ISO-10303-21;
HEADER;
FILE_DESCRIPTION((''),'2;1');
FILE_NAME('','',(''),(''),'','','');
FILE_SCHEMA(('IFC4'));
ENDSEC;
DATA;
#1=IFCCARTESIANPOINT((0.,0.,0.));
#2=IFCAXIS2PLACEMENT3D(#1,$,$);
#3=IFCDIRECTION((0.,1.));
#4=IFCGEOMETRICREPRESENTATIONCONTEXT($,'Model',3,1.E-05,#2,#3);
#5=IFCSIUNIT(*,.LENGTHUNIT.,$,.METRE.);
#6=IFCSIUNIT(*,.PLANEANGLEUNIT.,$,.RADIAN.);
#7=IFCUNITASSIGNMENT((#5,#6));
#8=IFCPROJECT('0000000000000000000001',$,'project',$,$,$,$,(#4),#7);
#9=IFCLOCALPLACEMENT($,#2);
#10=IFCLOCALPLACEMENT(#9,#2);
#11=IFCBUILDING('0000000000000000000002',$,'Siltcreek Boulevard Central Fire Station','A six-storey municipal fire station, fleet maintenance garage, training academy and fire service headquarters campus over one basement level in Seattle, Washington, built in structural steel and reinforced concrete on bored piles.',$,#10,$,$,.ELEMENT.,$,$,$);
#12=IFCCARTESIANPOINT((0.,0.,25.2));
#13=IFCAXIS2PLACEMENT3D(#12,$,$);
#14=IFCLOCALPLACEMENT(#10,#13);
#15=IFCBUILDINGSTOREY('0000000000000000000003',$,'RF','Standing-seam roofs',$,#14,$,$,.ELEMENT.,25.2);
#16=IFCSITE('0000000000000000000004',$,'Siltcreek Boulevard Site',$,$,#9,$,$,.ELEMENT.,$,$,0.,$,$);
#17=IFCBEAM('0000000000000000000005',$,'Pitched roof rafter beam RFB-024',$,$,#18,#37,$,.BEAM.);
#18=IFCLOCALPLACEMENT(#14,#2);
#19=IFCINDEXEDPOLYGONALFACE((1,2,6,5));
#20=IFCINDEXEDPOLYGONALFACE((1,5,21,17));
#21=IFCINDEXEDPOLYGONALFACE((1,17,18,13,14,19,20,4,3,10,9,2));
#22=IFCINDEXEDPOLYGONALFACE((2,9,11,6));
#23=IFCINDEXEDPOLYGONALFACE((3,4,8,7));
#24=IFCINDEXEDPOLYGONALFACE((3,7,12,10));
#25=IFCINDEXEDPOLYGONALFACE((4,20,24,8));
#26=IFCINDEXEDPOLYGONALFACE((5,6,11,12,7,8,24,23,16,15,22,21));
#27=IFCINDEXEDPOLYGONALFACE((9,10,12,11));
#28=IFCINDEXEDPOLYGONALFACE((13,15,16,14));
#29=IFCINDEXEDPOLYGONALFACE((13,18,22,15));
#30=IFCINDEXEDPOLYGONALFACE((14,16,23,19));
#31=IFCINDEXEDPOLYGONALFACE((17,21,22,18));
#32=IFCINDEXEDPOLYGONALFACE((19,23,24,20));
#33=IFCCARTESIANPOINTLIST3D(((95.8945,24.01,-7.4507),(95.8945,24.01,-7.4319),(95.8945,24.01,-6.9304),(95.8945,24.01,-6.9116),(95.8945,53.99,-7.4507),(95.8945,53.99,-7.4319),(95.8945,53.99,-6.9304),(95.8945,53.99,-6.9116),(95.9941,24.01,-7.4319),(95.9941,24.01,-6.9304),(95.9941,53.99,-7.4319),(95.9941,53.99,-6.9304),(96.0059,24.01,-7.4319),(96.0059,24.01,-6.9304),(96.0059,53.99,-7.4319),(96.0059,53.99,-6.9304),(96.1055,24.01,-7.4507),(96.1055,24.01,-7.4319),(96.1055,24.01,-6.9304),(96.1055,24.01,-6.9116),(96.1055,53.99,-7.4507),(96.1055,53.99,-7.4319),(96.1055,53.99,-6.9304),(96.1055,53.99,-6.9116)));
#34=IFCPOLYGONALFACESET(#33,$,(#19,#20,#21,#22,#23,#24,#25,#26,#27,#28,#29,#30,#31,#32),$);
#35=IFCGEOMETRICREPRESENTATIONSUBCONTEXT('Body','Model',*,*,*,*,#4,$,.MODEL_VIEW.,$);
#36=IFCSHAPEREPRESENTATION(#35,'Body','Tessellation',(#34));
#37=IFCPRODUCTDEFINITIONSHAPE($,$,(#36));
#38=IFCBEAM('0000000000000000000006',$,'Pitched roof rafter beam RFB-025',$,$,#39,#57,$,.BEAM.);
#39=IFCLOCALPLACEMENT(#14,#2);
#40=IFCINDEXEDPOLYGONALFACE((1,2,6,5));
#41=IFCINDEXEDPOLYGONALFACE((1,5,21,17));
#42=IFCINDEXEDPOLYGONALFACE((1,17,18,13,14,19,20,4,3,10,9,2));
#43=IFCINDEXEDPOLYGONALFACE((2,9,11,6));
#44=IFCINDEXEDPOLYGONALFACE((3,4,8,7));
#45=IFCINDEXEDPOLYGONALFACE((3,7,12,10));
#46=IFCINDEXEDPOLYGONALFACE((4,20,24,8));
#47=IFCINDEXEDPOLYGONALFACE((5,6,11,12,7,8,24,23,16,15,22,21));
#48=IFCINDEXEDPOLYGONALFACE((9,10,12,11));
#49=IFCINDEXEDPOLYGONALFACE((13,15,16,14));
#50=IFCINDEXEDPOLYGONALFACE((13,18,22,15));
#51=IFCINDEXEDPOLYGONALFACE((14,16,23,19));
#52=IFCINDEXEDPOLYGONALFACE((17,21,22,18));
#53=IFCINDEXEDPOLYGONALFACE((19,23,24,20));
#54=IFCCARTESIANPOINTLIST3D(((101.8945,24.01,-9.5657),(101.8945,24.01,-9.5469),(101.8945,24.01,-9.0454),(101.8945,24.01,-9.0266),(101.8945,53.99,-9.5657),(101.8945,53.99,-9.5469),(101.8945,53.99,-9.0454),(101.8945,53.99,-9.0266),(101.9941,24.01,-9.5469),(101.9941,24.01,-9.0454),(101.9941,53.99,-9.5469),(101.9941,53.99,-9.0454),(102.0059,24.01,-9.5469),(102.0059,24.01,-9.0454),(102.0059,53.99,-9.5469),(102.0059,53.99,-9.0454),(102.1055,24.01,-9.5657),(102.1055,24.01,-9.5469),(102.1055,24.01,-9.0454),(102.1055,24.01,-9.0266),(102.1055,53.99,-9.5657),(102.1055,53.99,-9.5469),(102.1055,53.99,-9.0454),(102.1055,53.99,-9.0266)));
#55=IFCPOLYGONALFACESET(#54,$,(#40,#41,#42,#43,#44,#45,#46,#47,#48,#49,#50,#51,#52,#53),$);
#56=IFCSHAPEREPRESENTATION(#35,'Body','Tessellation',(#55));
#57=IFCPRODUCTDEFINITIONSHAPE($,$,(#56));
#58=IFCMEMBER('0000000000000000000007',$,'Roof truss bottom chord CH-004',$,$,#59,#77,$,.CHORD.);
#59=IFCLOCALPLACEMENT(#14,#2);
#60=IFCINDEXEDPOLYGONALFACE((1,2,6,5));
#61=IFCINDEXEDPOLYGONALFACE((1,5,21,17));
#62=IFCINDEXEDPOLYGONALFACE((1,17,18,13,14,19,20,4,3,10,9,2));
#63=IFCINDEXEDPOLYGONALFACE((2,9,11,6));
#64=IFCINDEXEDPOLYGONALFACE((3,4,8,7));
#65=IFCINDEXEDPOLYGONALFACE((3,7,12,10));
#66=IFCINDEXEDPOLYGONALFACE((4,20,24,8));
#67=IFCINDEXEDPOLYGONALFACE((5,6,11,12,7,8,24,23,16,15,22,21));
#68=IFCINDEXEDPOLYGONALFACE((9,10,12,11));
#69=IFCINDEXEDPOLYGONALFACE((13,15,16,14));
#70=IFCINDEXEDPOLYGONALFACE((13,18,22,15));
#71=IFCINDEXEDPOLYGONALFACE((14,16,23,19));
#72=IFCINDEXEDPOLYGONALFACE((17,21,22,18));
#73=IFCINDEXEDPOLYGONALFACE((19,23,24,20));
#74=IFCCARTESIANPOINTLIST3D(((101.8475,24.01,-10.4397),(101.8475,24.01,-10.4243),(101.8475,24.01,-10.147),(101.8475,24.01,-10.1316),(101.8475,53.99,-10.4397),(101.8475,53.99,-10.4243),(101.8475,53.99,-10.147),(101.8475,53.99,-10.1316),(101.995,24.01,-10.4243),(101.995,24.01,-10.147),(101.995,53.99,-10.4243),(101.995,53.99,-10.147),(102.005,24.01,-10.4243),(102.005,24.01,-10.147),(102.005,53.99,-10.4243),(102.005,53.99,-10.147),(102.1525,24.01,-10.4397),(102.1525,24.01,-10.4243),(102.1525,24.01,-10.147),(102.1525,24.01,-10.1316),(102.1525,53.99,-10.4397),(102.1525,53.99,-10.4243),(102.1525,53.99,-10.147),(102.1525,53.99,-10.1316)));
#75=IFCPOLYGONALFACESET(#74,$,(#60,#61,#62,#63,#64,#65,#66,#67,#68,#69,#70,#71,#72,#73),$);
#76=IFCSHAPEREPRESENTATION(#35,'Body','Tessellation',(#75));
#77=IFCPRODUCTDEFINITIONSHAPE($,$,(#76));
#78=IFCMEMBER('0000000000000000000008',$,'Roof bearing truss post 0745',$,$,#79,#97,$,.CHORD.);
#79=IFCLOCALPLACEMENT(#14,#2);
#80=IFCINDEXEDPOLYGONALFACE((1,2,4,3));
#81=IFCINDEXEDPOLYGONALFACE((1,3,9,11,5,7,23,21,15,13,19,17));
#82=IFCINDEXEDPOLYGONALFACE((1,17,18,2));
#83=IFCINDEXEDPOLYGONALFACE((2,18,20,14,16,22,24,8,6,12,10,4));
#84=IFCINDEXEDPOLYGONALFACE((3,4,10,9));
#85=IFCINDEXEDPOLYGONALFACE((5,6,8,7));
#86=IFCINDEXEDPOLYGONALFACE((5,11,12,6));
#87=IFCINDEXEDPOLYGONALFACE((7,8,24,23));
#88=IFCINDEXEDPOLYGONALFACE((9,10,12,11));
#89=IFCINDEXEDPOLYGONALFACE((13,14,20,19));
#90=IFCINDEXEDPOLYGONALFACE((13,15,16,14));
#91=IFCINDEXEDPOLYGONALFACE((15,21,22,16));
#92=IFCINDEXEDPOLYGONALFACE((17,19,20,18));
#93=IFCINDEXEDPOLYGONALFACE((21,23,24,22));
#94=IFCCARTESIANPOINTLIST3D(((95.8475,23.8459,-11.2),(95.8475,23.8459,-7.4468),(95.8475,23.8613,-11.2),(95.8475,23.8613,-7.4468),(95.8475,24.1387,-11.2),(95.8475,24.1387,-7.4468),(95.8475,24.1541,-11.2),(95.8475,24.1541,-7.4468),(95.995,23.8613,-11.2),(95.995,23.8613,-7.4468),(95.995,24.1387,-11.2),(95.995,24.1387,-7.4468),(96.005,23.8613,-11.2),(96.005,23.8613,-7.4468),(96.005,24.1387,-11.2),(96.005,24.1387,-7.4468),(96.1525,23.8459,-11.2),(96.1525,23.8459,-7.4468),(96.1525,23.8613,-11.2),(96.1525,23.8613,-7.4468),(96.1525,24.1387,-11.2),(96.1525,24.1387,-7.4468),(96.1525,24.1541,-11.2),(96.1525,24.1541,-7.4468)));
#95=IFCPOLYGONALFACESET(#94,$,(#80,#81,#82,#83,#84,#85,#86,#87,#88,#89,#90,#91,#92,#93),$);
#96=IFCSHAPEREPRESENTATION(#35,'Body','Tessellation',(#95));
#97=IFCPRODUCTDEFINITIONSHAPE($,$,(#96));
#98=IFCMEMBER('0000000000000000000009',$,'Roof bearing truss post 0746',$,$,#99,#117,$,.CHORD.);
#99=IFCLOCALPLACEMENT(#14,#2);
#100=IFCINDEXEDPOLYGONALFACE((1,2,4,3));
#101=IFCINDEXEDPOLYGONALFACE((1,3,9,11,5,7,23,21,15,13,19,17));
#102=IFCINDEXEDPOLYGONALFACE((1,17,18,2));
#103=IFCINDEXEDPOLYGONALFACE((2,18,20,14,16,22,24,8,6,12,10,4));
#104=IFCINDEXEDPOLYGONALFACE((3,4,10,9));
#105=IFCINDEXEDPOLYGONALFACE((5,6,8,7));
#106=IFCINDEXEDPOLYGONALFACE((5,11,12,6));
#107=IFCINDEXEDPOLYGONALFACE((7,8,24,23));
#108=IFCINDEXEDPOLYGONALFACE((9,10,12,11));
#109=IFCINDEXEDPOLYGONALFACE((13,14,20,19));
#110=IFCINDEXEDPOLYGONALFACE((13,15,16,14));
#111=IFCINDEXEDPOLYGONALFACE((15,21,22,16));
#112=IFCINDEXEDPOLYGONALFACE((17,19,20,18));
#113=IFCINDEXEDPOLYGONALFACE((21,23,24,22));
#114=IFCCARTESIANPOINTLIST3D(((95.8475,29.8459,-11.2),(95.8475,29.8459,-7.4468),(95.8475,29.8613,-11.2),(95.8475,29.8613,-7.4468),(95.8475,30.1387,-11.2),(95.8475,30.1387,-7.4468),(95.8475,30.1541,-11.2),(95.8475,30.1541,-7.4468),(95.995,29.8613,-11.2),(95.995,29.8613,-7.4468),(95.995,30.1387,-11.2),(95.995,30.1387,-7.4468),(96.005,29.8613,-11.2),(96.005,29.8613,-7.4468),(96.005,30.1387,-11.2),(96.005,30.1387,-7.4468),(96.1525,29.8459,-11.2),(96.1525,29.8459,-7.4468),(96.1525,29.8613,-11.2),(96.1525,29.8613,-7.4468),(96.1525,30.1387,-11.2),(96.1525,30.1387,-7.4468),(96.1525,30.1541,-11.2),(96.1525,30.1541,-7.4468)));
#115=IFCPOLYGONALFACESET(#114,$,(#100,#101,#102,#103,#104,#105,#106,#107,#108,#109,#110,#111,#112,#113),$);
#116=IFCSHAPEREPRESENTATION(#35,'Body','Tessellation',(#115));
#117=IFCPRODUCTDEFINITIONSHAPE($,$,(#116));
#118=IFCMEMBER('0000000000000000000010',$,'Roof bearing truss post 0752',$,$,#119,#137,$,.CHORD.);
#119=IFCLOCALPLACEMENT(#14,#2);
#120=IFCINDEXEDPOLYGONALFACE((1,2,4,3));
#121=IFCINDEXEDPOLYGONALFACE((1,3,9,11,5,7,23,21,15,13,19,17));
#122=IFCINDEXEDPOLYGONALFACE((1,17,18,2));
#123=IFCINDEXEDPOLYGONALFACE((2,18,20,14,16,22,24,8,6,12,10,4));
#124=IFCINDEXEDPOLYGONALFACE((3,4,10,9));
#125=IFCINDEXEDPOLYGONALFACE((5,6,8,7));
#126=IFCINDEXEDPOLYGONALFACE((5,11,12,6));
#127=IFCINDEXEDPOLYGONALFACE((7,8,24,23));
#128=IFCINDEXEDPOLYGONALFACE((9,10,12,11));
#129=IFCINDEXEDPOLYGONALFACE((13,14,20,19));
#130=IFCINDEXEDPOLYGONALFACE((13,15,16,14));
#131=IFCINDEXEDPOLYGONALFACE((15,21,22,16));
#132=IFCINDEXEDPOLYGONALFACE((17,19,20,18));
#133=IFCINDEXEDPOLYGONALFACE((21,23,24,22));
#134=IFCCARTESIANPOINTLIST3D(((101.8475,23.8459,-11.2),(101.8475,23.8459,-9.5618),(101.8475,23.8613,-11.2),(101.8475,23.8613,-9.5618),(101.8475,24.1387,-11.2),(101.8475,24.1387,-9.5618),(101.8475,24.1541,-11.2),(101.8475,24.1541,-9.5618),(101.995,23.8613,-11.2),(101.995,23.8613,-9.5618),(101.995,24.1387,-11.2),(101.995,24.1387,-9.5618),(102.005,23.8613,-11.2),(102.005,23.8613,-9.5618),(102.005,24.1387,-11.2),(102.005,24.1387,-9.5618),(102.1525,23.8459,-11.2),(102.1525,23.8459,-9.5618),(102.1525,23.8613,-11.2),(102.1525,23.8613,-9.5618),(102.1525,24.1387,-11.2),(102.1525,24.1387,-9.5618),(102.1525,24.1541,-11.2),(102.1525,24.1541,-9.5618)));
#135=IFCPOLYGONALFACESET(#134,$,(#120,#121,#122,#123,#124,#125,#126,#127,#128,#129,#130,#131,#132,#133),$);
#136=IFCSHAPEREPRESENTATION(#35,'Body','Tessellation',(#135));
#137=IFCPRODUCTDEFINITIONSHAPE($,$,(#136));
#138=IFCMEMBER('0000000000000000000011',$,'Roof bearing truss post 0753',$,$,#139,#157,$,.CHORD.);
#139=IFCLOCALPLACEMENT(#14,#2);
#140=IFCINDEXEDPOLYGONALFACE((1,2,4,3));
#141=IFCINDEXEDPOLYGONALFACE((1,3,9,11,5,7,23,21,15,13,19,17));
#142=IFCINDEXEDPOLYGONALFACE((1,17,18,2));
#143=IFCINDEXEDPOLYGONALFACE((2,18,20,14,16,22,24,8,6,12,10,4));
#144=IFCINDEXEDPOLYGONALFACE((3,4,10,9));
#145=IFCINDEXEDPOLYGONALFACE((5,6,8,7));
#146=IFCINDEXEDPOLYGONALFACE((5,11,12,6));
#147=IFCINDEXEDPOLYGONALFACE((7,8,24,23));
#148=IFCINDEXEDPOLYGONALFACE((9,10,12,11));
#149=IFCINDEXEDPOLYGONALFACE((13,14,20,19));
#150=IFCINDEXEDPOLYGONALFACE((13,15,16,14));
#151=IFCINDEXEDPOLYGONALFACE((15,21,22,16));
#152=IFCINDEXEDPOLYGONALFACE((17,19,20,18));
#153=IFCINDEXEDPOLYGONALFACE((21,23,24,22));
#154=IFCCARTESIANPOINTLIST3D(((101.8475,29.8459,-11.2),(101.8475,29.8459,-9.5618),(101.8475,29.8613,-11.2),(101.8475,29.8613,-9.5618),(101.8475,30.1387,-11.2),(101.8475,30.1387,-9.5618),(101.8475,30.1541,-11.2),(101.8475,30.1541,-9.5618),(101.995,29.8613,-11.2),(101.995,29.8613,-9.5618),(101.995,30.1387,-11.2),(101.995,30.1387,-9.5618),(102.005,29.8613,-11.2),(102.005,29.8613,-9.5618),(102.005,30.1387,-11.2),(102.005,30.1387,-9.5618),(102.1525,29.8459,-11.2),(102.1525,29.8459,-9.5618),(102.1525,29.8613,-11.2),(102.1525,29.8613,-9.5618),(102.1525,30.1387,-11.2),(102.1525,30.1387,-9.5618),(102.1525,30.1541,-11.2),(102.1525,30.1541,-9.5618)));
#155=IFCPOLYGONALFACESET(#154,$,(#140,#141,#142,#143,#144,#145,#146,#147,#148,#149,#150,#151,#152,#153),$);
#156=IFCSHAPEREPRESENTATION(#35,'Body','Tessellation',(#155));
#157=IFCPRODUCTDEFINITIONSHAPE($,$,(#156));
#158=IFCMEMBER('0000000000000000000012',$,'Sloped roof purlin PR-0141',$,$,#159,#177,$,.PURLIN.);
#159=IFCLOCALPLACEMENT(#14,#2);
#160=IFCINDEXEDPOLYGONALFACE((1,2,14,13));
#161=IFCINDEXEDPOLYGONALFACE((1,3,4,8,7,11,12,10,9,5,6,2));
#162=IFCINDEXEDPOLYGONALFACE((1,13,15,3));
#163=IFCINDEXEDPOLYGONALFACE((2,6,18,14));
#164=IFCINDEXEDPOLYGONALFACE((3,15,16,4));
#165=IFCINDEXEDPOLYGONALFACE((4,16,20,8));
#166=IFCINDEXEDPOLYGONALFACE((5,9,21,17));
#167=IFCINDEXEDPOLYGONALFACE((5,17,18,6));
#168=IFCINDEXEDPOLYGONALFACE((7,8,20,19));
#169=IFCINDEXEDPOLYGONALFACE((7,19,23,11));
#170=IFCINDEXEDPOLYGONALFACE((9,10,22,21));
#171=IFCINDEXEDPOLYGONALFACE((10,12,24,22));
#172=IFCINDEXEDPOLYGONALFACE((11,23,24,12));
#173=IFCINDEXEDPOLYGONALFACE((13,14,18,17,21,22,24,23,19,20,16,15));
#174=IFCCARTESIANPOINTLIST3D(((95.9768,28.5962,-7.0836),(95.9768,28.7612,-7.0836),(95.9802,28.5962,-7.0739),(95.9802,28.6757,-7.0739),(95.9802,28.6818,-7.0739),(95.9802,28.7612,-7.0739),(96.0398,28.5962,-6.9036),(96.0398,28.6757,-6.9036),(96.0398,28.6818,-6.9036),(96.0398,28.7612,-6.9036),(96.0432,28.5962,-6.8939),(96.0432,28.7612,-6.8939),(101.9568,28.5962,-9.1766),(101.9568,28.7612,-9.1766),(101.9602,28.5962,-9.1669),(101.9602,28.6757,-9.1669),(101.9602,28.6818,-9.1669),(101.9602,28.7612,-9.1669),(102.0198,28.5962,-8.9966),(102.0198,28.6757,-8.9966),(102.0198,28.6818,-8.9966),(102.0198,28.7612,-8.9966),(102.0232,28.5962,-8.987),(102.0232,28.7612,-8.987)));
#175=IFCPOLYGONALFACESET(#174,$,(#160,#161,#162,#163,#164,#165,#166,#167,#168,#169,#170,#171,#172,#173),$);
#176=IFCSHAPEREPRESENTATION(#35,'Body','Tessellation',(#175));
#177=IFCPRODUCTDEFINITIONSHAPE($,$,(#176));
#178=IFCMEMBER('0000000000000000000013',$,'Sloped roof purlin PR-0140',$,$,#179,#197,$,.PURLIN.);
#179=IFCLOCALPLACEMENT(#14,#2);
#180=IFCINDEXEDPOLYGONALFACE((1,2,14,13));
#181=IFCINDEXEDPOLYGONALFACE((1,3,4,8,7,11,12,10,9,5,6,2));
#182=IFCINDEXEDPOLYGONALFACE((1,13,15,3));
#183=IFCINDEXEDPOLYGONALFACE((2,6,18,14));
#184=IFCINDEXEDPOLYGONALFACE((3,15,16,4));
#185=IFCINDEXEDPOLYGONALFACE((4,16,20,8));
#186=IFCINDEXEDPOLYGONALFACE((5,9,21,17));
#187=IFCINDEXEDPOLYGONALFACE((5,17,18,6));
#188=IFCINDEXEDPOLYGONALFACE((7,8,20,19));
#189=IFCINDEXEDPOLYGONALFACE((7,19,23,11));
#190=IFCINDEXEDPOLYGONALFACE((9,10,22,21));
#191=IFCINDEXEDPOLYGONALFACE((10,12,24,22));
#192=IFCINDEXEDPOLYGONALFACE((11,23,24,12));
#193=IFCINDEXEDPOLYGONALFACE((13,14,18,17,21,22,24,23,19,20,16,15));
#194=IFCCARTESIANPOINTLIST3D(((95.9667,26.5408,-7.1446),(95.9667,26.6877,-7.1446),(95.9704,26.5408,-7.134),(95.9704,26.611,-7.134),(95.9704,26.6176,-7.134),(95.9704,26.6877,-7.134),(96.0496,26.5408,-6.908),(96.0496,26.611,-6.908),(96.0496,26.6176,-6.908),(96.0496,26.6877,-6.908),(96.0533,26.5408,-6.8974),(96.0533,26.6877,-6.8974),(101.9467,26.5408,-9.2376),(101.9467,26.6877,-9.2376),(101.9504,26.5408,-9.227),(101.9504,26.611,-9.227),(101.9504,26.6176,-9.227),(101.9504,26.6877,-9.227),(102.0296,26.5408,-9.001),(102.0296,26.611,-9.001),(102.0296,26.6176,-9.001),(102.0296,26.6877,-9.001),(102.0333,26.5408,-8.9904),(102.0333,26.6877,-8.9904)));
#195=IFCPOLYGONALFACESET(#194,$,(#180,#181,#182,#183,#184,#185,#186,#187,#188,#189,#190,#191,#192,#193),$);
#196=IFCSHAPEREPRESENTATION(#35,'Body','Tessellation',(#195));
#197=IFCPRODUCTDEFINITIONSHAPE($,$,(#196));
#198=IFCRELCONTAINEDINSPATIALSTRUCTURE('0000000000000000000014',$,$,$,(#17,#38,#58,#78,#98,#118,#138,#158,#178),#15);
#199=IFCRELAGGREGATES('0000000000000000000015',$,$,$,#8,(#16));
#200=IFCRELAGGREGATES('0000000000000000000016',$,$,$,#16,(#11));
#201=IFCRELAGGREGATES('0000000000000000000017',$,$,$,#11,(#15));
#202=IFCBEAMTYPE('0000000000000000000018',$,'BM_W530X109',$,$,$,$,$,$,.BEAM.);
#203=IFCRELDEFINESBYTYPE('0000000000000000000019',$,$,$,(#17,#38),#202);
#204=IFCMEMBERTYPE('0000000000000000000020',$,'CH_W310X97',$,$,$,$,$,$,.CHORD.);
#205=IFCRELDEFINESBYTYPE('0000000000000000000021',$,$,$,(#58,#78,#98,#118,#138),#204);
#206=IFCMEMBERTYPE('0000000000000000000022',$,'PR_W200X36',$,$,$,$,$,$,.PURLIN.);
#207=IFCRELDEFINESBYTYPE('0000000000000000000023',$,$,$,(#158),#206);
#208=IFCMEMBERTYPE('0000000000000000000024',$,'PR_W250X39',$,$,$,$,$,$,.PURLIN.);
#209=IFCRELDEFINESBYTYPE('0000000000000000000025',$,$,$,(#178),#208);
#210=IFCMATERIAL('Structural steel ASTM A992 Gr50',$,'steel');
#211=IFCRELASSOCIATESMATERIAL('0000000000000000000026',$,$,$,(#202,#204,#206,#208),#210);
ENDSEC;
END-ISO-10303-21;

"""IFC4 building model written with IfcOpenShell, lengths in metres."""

from ifc_helpers import new_model, si_unit, direction, frame, origin, origin_2d, place, context, subcontext, project, spatial, i_section, extrude, material, material_profile, profile_set, type_object, element, save


model = new_model("IFC4")

# Units and contexts
model_context = context("Model", 3, precision=1e-05, world=origin(), true_north=direction((0.0, 1.0)))
body_context = subcontext(model_context, "Body", "Model", "MODEL_VIEW")
ifc_project = project(units=[si_unit("LENGTHUNIT", "METRE"), si_unit("PLANEANGLEUNIT", "RADIAN")], contexts=[model_context])

# Site, building, storey
site_placement = place(None, origin())
site = spatial("IfcSite", under=ifc_project, at=site_placement, Name="Siltcreek Boulevard Site", CompositionType="ELEMENT", RefElevation=0.0)
building_placement = place(site_placement, origin())
building = spatial("IfcBuilding", under=site, at=building_placement, Name="Siltcreek Boulevard Central Fire Station", Description="A six-storey municipal fire station, fleet maintenance garage, training academy and fire service headquarters campus over one basement level in Seattle, Washington, built in structural steel and reinforced concrete on bored piles.", CompositionType="ELEMENT")
storey_placement = place(building_placement, frame((0.0, 0.0, 25.2)))
storey = spatial("IfcBuildingStorey", under=building, at=storey_placement, Name="RF", Description="Standing-seam roofs", CompositionType="ELEMENT", Elevation=25.2)

# Beams
ifc_material_1 = material(Name="Structural steel ASTM A992 Gr50", Category="steel")
ifc_material_profile_1 = material_profile(ifc_material_1, i_section(OverallWidth=0.2109, OverallDepth=0.5391, WebThickness=0.0117, FlangeThickness=0.0188, at=origin_2d()), Name="W530X109")
ifc_profile_set_1 = profile_set([ifc_material_profile_1], Name="Structural steel ASTM A992 Gr50")
beam_type = type_object("IfcBeamType", Name="BM_W530X109", PredefinedType="BEAM", material=ifc_profile_set_1)
for number, where, z_axis, x_axis, name in (
    (1, (96.0, 24.01, -7.1812), (0.0, 1.0, 0.0), (-1.0, 0.0, 0.0), "Pitched roof rafter beam RFB-024"),
    (2, (102.0, 24.01, -9.2961), (0.0, 1.0, 0.0), (-1.0, 0.0, 0.0), "Pitched roof rafter beam RFB-025"),
):
    element("IfcBeam", number, at=place(storey_placement, frame(where, z_axis=z_axis, x_axis=x_axis)), inside=storey, type_object=beam_type, Name=name, PredefinedType="BEAM", context=body_context, shape_type="SweptSolid", body=[
        extrude(i_section(OverallWidth=0.2109, OverallDepth=0.5391, WebThickness=0.0117, FlangeThickness=0.0188, at=origin_2d()), origin(), (0.0, 0.0, 1.0), 29.98),
    ])

# Members
ifc_material_profile_2 = material_profile(ifc_material_1, i_section(OverallWidth=0.3049, OverallDepth=0.3081, WebThickness=0.01, FlangeThickness=0.0154, at=origin_2d()), Name="W310X97")
ifc_profile_set_2 = profile_set([ifc_material_profile_2], Name="Structural steel ASTM A992 Gr50")
member_type_1 = type_object("IfcMemberType", Name="CH_W310X97", PredefinedType="CHORD", material=ifc_profile_set_2)
member_1_placement = place(storey_placement, frame((102.0, 24.01, -10.2856), z_axis=(0.0, 1.0, 0.0), x_axis=(-1.0, 0.0, 0.0)))
element("IfcMember", 3, at=member_1_placement, inside=storey, type_object=member_type_1, Name="Roof truss bottom chord CH-004", PredefinedType="CHORD", context=body_context, shape_type="SweptSolid", body=[
    extrude(i_section(OverallWidth=0.3049, OverallDepth=0.3081, WebThickness=0.01, FlangeThickness=0.0154, at=origin_2d()), origin(), (0.0, 0.0, 1.0), 29.98),
])
for number, where, z_axis, x_axis, name in (
    (4, (96.0, 24.0, -11.2), (0.0, 0.0, 1.0), (1.0, 0.0, 0.0), "Roof bearing truss post 0745"),
    (5, (96.0, 30.0, -11.2), (0.0, 0.0, 1.0), (1.0, 0.0, 0.0), "Roof bearing truss post 0746"),
):
    element("IfcMember", number, at=place(storey_placement, frame(where, z_axis=z_axis, x_axis=x_axis)), inside=storey, type_object=member_type_1, Name=name, PredefinedType="CHORD", context=body_context, shape_type="SweptSolid", body=[
        extrude(i_section(OverallWidth=0.3049, OverallDepth=0.3081, WebThickness=0.01, FlangeThickness=0.0154, at=origin_2d()), origin(), (0.0, 0.0, 1.0), 3.7532),
    ])
for number, where, z_axis, x_axis, name in (
    (6, (102.0, 24.0, -11.2), (0.0, 0.0, 1.0), (1.0, 0.0, 0.0), "Roof bearing truss post 0752"),
    (7, (102.0, 30.0, -11.2), (0.0, 0.0, 1.0), (1.0, 0.0, 0.0), "Roof bearing truss post 0753"),
):
    element("IfcMember", number, at=place(storey_placement, frame(where, z_axis=z_axis, x_axis=x_axis)), inside=storey, type_object=member_type_1, Name=name, PredefinedType="CHORD", context=body_context, shape_type="SweptSolid", body=[
        extrude(i_section(OverallWidth=0.3049, OverallDepth=0.3081, WebThickness=0.01, FlangeThickness=0.0154, at=origin_2d()), origin(), (0.0, 0.0, 1.0), 1.6382),
    ])
ifc_material_profile_3 = material_profile(ifc_material_1, i_section(OverallWidth=0.165, OverallDepth=0.2009, WebThickness=0.0061, FlangeThickness=0.0103, at=origin_2d()), Name="W200X36")
ifc_profile_set_3 = profile_set([ifc_material_profile_3], Name="Structural steel ASTM A992 Gr50")
member_type_2 = type_object("IfcMemberType", Name="PR_W200X36", PredefinedType="PURLIN", material=ifc_profile_set_3)
member_2_placement = place(storey_placement, frame((96.01, 28.6787, -6.9888), z_axis=(0.943857, 0.0, -0.330354), x_axis=(0.0, 1.0, 0.0)))
element("IfcMember", 8, at=member_2_placement, inside=storey, type_object=member_type_2, Name="Sloped roof purlin PR-0141", PredefinedType="PURLIN", context=body_context, shape_type="SweptSolid", body=[
    extrude(i_section(OverallWidth=0.165, OverallDepth=0.2009, WebThickness=0.0061, FlangeThickness=0.0103, at=origin_2d()), origin(), (0.0, 0.0, 1.0), 6.3357),
])
ifc_material_profile_4 = material_profile(ifc_material_1, i_section(OverallWidth=0.147, OverallDepth=0.262, WebThickness=0.0066, FlangeThickness=0.0112, at=origin_2d()), Name="W250X39")
ifc_profile_set_4 = profile_set([ifc_material_profile_4], Name="Structural steel ASTM A992 Gr50")
member_type_3 = type_object("IfcMemberType", Name="PR_W250X39", PredefinedType="PURLIN", material=ifc_profile_set_4)
member_3_placement = place(storey_placement, frame((96.01, 26.6143, -7.021), z_axis=(0.943857, 0.0, -0.330354), x_axis=(0.0, 1.0, 0.0)))
element("IfcMember", 9, at=member_3_placement, inside=storey, type_object=member_type_3, Name="Sloped roof purlin PR-0140", PredefinedType="PURLIN", context=body_context, shape_type="SweptSolid", body=[
    extrude(i_section(OverallWidth=0.147, OverallDepth=0.262, WebThickness=0.0066, FlangeThickness=0.0112, at=origin_2d()), origin(), (0.0, 0.0, 1.0), 6.3357),
])

save(model, "model.ifc")
